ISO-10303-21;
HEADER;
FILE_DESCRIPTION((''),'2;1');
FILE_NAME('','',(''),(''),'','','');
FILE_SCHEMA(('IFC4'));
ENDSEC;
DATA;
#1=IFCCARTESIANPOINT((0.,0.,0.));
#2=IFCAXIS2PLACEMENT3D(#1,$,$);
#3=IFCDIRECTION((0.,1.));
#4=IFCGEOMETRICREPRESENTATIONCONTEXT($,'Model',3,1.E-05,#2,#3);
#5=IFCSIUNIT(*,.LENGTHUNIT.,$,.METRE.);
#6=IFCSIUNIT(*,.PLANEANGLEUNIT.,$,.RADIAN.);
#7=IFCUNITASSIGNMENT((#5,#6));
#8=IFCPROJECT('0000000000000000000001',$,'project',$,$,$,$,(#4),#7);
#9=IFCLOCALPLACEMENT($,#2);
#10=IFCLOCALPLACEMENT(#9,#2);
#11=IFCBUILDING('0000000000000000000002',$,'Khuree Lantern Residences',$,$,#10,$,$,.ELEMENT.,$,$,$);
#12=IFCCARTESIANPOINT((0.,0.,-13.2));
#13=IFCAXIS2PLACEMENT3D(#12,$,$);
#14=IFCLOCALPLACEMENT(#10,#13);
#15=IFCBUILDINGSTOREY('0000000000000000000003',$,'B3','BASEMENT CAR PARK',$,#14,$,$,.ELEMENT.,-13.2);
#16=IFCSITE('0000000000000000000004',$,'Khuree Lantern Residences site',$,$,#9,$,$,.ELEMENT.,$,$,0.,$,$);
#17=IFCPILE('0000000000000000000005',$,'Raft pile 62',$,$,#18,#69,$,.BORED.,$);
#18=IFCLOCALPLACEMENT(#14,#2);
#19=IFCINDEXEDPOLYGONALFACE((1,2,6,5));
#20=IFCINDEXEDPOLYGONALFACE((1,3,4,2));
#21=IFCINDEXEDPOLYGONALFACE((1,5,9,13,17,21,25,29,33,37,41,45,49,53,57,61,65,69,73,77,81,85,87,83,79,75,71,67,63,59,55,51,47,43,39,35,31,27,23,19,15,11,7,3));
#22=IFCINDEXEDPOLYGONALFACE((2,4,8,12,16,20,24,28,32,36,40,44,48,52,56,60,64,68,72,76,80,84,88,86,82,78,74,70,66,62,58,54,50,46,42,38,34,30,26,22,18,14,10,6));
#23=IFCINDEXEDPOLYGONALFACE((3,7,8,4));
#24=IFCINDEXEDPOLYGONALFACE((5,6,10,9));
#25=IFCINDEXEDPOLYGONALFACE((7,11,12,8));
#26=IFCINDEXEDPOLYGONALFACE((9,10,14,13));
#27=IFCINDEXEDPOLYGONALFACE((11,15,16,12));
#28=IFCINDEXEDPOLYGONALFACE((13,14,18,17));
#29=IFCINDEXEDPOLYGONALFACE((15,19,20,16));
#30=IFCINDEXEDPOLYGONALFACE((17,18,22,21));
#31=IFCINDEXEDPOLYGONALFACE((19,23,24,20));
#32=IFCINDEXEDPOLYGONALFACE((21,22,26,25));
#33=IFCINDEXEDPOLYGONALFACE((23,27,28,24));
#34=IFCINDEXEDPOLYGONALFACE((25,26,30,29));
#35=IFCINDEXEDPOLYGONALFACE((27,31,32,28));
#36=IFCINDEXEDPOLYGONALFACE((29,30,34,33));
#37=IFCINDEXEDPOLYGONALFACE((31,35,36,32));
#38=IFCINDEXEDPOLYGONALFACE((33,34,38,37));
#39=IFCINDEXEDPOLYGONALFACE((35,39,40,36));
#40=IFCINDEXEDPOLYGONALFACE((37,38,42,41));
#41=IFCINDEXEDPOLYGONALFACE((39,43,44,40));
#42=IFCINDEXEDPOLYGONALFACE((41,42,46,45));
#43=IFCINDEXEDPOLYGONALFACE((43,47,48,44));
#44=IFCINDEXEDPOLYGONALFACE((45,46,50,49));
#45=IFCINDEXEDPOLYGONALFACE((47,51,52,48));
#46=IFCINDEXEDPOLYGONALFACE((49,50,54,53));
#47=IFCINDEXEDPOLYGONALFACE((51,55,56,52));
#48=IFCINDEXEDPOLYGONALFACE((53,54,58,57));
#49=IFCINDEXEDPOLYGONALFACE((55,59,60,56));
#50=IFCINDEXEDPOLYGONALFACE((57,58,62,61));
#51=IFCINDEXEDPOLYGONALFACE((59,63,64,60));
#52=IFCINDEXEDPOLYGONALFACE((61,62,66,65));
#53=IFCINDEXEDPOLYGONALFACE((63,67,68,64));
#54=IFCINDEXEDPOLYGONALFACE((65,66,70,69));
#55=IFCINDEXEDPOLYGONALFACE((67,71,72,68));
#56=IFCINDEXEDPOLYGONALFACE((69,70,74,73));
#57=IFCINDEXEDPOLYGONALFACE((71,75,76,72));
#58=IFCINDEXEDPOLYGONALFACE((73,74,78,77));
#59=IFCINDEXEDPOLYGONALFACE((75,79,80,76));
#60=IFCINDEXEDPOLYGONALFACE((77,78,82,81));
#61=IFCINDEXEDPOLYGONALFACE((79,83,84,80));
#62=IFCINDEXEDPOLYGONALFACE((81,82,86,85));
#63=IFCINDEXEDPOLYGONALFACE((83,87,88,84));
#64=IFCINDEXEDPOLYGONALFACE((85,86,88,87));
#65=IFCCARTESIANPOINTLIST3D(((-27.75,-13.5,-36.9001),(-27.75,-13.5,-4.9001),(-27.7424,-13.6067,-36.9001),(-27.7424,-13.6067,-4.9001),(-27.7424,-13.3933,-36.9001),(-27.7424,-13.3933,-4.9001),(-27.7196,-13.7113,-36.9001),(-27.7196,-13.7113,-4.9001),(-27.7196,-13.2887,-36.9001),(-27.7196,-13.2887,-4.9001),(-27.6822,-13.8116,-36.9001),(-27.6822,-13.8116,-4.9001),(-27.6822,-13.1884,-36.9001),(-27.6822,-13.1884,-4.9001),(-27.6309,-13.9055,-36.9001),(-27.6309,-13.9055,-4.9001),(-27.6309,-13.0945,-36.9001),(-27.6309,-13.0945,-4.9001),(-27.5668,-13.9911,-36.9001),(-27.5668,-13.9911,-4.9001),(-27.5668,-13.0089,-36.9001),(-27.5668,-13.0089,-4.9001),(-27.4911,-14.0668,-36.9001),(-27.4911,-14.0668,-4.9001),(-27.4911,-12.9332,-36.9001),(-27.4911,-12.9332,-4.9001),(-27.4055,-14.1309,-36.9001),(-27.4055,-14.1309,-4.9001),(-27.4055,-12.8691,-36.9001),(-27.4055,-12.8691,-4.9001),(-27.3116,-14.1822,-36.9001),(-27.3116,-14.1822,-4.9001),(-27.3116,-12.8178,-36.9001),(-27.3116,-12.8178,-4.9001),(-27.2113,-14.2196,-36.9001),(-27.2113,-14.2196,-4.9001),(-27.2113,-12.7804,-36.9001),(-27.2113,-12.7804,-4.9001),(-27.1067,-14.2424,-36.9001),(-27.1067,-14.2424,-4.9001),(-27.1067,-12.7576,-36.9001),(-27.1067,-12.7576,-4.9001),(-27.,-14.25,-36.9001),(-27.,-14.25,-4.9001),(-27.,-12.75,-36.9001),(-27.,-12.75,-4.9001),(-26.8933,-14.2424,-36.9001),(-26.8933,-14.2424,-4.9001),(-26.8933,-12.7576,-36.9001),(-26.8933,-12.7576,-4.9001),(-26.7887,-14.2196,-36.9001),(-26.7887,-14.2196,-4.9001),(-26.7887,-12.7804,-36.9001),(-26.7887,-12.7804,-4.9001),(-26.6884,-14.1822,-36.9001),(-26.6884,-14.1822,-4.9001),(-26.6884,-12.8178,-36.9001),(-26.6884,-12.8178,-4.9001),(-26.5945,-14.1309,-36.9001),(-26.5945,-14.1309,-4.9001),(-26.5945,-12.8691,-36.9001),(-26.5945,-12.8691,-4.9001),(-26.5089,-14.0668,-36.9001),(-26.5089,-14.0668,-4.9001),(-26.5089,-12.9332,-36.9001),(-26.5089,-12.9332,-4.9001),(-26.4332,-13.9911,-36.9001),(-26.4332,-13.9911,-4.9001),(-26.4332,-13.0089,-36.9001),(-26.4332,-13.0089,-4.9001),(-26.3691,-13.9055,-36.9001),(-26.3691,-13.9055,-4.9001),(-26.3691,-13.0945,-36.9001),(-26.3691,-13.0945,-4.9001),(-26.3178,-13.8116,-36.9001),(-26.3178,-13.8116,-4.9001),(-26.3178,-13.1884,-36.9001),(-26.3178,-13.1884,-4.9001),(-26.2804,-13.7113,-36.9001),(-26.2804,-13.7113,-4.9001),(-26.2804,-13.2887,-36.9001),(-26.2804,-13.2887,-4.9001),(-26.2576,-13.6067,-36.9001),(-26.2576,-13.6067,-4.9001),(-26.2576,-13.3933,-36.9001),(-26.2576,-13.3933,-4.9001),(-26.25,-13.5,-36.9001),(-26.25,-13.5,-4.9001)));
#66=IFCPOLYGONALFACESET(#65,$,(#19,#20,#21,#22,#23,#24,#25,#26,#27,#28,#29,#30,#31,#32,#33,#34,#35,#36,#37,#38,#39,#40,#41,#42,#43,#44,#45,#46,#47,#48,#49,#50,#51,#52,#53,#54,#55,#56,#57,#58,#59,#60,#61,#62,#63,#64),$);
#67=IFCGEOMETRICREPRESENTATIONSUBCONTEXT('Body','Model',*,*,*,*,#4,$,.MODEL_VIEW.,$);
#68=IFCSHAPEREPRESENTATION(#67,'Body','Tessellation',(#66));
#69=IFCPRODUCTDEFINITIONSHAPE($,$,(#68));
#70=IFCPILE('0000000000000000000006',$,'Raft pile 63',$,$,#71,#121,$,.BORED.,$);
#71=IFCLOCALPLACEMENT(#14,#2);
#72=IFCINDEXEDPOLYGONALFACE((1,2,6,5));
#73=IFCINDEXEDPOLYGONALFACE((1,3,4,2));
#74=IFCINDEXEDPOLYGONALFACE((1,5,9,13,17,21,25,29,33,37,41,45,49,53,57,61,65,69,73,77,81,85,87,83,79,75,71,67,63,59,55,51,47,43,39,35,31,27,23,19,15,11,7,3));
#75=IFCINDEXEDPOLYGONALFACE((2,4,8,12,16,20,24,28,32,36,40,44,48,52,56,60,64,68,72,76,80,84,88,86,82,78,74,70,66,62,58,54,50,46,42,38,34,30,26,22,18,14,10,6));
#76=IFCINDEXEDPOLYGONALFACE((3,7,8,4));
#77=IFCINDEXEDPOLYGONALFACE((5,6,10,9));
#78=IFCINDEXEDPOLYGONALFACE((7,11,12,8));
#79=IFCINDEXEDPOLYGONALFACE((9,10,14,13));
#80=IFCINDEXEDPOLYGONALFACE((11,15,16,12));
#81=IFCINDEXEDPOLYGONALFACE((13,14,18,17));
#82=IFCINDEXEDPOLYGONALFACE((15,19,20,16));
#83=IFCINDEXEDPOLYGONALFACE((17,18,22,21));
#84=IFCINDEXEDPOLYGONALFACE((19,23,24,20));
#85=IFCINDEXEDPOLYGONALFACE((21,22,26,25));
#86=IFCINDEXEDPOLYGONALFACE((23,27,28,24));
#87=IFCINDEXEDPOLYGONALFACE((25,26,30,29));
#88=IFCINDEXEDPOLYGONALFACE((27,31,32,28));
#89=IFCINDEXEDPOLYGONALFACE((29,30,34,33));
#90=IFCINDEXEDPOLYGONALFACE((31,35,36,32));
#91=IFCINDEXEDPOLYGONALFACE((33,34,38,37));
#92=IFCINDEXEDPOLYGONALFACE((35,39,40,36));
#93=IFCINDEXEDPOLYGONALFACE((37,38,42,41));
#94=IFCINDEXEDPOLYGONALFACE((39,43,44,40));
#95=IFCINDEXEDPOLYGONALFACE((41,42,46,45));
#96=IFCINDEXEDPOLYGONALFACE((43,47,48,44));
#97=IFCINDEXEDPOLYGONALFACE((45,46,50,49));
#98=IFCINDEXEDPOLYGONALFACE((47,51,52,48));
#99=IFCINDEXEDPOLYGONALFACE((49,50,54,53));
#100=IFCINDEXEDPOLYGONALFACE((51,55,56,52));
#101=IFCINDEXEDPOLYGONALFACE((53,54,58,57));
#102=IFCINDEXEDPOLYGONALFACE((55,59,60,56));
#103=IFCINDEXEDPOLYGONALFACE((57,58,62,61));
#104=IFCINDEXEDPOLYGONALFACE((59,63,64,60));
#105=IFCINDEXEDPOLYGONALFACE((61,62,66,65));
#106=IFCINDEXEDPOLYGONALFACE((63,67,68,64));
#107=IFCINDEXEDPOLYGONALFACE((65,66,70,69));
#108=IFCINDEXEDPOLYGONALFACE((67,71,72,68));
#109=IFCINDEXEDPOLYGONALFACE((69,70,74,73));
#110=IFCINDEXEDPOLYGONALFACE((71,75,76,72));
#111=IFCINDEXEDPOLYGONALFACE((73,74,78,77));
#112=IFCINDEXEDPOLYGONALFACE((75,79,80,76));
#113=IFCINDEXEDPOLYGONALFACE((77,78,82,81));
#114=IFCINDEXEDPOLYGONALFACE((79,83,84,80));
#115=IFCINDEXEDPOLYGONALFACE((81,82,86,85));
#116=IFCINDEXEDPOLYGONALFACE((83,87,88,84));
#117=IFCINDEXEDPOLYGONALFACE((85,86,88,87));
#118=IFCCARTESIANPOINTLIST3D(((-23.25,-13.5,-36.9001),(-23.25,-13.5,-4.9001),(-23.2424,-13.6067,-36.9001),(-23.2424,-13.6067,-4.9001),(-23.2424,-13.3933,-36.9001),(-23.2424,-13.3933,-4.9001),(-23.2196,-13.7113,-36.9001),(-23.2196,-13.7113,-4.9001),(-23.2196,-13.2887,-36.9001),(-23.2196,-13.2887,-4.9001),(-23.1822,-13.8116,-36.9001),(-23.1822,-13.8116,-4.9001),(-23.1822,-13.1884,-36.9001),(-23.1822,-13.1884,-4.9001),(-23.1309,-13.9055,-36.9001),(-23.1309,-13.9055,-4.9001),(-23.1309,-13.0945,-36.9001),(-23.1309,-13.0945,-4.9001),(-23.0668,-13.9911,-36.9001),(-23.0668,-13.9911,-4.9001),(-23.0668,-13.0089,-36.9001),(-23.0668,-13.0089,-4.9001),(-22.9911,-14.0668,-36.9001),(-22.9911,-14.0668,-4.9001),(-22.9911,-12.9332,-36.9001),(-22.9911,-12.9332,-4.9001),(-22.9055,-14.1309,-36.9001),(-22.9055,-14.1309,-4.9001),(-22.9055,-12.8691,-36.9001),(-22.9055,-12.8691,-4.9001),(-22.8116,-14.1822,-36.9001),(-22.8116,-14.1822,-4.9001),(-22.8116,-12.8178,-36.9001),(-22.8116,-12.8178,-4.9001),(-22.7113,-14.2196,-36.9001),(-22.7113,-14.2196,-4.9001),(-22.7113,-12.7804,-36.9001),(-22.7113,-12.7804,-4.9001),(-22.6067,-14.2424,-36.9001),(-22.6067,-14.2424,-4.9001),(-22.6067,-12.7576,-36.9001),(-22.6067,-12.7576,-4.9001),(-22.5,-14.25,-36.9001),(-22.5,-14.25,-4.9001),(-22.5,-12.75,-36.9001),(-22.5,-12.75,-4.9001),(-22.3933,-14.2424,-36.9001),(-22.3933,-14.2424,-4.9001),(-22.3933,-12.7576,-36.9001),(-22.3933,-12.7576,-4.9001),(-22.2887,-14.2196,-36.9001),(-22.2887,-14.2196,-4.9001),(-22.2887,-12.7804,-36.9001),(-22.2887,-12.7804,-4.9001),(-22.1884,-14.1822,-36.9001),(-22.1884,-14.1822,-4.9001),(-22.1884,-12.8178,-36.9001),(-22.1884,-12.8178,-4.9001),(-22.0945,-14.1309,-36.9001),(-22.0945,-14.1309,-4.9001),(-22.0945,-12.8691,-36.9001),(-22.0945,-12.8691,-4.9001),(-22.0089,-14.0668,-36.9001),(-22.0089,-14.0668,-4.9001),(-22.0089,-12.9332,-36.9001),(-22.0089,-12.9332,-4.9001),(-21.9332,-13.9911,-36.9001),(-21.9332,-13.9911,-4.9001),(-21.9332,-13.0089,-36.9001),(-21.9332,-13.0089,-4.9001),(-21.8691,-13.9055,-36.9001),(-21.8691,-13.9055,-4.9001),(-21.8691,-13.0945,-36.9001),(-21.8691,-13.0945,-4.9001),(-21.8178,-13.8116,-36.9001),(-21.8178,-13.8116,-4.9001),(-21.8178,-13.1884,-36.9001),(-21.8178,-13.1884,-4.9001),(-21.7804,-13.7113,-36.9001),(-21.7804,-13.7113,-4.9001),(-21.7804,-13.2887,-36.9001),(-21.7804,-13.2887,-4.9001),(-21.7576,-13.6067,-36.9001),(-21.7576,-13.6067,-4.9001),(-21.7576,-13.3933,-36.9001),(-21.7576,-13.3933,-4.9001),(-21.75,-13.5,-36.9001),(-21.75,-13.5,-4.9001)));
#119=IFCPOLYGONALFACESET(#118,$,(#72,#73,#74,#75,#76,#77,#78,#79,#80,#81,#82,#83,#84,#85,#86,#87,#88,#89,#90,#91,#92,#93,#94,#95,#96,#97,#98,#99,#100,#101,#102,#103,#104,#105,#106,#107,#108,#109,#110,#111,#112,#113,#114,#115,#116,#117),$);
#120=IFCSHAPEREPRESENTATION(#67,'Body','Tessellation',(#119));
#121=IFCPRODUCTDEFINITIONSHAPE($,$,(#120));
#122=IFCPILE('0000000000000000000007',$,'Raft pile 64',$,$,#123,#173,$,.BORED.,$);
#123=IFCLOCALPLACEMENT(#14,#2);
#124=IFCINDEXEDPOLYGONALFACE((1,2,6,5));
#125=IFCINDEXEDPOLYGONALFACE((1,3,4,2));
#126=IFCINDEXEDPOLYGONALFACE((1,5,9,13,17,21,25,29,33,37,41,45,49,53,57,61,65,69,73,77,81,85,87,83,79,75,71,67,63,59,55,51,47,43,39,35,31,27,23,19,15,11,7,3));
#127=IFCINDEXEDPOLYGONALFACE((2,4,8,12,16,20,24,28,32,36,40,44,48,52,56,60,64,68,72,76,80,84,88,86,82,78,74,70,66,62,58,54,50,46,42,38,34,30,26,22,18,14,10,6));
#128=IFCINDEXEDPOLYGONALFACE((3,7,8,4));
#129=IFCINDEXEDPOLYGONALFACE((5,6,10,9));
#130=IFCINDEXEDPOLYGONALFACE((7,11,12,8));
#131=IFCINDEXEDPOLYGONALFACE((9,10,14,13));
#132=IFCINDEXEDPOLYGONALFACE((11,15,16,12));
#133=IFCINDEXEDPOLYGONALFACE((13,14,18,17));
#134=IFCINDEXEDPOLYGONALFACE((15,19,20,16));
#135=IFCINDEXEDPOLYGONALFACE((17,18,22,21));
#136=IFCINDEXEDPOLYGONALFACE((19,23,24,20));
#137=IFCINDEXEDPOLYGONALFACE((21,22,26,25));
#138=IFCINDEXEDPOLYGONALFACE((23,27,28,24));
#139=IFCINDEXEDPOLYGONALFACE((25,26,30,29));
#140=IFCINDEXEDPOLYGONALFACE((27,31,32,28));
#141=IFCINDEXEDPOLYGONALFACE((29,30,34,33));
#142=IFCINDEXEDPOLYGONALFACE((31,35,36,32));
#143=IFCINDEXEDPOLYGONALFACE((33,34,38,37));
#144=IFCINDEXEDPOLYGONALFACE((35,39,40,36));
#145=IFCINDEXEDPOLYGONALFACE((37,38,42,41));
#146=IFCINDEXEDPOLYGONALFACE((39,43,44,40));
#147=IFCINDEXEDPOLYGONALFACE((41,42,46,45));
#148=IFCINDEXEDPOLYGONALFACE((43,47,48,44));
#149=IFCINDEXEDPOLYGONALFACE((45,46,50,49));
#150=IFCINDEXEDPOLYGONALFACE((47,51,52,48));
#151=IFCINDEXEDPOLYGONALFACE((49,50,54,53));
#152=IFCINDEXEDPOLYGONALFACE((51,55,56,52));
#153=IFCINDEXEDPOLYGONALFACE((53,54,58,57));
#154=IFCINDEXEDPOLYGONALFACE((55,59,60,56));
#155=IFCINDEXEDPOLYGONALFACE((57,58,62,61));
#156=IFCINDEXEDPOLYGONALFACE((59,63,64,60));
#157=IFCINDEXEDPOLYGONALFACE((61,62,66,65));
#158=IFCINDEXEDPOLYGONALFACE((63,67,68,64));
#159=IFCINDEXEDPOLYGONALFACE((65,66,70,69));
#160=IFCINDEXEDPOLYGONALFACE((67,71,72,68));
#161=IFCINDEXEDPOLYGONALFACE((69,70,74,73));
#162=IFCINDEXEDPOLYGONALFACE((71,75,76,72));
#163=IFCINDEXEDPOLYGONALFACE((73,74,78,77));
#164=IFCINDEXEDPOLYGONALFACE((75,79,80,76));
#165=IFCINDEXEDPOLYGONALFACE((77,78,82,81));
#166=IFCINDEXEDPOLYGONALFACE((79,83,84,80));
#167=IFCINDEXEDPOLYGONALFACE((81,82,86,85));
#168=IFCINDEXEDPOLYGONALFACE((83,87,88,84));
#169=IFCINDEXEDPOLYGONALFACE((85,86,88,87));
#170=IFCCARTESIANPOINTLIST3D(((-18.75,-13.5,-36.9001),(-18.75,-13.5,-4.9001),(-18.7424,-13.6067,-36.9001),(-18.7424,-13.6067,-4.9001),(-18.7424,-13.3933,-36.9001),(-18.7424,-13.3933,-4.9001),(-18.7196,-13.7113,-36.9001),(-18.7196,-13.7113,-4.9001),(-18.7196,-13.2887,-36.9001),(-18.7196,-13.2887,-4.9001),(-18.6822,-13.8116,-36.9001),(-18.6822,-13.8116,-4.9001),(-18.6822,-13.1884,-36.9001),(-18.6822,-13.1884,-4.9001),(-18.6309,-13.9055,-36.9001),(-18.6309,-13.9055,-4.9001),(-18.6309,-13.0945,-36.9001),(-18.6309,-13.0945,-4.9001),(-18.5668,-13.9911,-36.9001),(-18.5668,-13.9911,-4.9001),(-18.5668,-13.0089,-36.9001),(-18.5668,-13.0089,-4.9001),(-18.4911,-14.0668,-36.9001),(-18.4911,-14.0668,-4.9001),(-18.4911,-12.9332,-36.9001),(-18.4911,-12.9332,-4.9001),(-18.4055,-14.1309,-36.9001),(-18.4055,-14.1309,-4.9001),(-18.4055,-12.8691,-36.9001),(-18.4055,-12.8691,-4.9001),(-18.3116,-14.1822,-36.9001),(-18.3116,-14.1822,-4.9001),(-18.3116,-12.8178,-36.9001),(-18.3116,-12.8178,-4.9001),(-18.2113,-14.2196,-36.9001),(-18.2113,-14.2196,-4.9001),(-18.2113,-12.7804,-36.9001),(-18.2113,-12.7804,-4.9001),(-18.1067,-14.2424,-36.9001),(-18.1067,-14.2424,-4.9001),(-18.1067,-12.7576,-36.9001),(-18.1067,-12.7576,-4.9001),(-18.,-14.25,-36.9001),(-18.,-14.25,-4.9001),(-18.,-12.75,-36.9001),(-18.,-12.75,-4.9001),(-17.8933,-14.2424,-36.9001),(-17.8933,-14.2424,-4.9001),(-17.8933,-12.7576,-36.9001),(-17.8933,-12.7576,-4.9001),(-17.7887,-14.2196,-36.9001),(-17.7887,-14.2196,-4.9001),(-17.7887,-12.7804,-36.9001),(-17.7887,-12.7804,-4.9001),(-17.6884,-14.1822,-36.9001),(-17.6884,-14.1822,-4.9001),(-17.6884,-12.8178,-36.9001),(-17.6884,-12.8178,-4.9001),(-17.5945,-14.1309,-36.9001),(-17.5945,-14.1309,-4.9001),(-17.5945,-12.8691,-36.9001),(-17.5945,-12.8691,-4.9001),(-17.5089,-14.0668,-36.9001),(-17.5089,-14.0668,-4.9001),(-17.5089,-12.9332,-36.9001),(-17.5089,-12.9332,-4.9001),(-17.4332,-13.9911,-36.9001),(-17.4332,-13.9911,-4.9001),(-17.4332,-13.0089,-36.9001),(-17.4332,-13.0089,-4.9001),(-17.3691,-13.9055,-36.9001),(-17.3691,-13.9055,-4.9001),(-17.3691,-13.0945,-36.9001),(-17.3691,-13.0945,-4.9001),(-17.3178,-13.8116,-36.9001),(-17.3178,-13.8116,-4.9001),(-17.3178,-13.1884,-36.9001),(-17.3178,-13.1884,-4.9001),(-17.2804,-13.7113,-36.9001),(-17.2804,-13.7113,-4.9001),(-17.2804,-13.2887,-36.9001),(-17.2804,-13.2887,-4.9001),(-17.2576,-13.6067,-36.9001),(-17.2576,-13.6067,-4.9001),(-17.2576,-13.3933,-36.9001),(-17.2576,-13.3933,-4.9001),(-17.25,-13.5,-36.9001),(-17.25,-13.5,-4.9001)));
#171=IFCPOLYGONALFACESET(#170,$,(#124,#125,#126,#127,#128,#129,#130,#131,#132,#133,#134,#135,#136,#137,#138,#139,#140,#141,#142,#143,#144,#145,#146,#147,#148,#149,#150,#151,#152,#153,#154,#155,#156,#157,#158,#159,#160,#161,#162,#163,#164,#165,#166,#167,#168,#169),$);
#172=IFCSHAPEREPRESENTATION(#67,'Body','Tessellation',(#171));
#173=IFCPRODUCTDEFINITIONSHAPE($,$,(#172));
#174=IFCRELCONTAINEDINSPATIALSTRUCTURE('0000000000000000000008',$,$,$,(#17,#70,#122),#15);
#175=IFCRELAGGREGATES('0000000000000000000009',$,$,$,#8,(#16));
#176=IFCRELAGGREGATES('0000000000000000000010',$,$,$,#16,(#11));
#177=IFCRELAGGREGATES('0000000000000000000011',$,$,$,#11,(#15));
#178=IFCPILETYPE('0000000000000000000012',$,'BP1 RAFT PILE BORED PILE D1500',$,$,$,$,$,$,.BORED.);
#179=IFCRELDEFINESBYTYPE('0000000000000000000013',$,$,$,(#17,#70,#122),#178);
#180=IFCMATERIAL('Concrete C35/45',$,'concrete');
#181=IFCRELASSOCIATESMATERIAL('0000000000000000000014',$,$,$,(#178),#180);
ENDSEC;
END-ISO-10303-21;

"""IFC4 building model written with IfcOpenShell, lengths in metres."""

from ifc_helpers import new_model, si_unit, direction, frame, origin, origin_2d, place, context, subcontext, project, spatial, circle, extrude, material, material_profile, profile_set, type_object, element, save


model = new_model("IFC4")

# Units and contexts
model_context = context("Model", 3, precision=1e-05, world=origin(), true_north=direction((0.0, 1.0)))
body_context = subcontext(model_context, "Body", "Model", "MODEL_VIEW")
ifc_project = project(units=[si_unit("LENGTHUNIT", "METRE"), si_unit("PLANEANGLEUNIT", "RADIAN")], contexts=[model_context])

# Site, building, storey
site_placement = place(None, origin())
site = spatial("IfcSite", under=ifc_project, at=site_placement, Name="Khuree Lantern Residences site", CompositionType="ELEMENT", RefElevation=0.0)
building_placement = place(site_placement, origin())
building = spatial("IfcBuilding", under=site, at=building_placement, Name="Khuree Lantern Residences", CompositionType="ELEMENT")
storey_placement = place(building_placement, frame((0.0, 0.0, -13.2)))
storey = spatial("IfcBuildingStorey", under=building, at=storey_placement, Name="B3", Description="BASEMENT CAR PARK", CompositionType="ELEMENT", Elevation=-13.2)

# Piles
ifc_material_1 = material(Name="Concrete C35/45", Category="concrete")
ifc_material_profile_1 = material_profile(ifc_material_1, circle(Radius=0.75, at=origin_2d()), Name="BORED PILE D1500")
ifc_profile_set_1 = profile_set([ifc_material_profile_1], Name="Concrete C35/45")
pile_type = type_object("IfcPileType", Name="BP1 RAFT PILE BORED PILE D1500", PredefinedType="BORED", material=ifc_profile_set_1)
for number, where, z_axis, x_axis, name in (
    (1, (-27.0, -13.5, -4.9001), (0.0, 0.0, -1.0), (1.0, 0.0, 0.0), "Raft pile 62"),
    (2, (-22.5, -13.5, -4.9001), (0.0, 0.0, -1.0), (1.0, 0.0, 0.0), "Raft pile 63"),
    (3, (-18.0, -13.5, -4.9001), (0.0, 0.0, -1.0), (1.0, 0.0, 0.0), "Raft pile 64"),
):
    element("IfcPile", number, at=place(storey_placement, frame(where, z_axis=z_axis, x_axis=x_axis)), inside=storey, type_object=pile_type, Name=name, PredefinedType="BORED", context=body_context, shape_type="SweptSolid", body=[
        extrude(circle(Radius=0.75, at=origin_2d()), origin(), (0.0, 0.0, 1.0), 32.0),
    ])

save(model, "model.ifc")
